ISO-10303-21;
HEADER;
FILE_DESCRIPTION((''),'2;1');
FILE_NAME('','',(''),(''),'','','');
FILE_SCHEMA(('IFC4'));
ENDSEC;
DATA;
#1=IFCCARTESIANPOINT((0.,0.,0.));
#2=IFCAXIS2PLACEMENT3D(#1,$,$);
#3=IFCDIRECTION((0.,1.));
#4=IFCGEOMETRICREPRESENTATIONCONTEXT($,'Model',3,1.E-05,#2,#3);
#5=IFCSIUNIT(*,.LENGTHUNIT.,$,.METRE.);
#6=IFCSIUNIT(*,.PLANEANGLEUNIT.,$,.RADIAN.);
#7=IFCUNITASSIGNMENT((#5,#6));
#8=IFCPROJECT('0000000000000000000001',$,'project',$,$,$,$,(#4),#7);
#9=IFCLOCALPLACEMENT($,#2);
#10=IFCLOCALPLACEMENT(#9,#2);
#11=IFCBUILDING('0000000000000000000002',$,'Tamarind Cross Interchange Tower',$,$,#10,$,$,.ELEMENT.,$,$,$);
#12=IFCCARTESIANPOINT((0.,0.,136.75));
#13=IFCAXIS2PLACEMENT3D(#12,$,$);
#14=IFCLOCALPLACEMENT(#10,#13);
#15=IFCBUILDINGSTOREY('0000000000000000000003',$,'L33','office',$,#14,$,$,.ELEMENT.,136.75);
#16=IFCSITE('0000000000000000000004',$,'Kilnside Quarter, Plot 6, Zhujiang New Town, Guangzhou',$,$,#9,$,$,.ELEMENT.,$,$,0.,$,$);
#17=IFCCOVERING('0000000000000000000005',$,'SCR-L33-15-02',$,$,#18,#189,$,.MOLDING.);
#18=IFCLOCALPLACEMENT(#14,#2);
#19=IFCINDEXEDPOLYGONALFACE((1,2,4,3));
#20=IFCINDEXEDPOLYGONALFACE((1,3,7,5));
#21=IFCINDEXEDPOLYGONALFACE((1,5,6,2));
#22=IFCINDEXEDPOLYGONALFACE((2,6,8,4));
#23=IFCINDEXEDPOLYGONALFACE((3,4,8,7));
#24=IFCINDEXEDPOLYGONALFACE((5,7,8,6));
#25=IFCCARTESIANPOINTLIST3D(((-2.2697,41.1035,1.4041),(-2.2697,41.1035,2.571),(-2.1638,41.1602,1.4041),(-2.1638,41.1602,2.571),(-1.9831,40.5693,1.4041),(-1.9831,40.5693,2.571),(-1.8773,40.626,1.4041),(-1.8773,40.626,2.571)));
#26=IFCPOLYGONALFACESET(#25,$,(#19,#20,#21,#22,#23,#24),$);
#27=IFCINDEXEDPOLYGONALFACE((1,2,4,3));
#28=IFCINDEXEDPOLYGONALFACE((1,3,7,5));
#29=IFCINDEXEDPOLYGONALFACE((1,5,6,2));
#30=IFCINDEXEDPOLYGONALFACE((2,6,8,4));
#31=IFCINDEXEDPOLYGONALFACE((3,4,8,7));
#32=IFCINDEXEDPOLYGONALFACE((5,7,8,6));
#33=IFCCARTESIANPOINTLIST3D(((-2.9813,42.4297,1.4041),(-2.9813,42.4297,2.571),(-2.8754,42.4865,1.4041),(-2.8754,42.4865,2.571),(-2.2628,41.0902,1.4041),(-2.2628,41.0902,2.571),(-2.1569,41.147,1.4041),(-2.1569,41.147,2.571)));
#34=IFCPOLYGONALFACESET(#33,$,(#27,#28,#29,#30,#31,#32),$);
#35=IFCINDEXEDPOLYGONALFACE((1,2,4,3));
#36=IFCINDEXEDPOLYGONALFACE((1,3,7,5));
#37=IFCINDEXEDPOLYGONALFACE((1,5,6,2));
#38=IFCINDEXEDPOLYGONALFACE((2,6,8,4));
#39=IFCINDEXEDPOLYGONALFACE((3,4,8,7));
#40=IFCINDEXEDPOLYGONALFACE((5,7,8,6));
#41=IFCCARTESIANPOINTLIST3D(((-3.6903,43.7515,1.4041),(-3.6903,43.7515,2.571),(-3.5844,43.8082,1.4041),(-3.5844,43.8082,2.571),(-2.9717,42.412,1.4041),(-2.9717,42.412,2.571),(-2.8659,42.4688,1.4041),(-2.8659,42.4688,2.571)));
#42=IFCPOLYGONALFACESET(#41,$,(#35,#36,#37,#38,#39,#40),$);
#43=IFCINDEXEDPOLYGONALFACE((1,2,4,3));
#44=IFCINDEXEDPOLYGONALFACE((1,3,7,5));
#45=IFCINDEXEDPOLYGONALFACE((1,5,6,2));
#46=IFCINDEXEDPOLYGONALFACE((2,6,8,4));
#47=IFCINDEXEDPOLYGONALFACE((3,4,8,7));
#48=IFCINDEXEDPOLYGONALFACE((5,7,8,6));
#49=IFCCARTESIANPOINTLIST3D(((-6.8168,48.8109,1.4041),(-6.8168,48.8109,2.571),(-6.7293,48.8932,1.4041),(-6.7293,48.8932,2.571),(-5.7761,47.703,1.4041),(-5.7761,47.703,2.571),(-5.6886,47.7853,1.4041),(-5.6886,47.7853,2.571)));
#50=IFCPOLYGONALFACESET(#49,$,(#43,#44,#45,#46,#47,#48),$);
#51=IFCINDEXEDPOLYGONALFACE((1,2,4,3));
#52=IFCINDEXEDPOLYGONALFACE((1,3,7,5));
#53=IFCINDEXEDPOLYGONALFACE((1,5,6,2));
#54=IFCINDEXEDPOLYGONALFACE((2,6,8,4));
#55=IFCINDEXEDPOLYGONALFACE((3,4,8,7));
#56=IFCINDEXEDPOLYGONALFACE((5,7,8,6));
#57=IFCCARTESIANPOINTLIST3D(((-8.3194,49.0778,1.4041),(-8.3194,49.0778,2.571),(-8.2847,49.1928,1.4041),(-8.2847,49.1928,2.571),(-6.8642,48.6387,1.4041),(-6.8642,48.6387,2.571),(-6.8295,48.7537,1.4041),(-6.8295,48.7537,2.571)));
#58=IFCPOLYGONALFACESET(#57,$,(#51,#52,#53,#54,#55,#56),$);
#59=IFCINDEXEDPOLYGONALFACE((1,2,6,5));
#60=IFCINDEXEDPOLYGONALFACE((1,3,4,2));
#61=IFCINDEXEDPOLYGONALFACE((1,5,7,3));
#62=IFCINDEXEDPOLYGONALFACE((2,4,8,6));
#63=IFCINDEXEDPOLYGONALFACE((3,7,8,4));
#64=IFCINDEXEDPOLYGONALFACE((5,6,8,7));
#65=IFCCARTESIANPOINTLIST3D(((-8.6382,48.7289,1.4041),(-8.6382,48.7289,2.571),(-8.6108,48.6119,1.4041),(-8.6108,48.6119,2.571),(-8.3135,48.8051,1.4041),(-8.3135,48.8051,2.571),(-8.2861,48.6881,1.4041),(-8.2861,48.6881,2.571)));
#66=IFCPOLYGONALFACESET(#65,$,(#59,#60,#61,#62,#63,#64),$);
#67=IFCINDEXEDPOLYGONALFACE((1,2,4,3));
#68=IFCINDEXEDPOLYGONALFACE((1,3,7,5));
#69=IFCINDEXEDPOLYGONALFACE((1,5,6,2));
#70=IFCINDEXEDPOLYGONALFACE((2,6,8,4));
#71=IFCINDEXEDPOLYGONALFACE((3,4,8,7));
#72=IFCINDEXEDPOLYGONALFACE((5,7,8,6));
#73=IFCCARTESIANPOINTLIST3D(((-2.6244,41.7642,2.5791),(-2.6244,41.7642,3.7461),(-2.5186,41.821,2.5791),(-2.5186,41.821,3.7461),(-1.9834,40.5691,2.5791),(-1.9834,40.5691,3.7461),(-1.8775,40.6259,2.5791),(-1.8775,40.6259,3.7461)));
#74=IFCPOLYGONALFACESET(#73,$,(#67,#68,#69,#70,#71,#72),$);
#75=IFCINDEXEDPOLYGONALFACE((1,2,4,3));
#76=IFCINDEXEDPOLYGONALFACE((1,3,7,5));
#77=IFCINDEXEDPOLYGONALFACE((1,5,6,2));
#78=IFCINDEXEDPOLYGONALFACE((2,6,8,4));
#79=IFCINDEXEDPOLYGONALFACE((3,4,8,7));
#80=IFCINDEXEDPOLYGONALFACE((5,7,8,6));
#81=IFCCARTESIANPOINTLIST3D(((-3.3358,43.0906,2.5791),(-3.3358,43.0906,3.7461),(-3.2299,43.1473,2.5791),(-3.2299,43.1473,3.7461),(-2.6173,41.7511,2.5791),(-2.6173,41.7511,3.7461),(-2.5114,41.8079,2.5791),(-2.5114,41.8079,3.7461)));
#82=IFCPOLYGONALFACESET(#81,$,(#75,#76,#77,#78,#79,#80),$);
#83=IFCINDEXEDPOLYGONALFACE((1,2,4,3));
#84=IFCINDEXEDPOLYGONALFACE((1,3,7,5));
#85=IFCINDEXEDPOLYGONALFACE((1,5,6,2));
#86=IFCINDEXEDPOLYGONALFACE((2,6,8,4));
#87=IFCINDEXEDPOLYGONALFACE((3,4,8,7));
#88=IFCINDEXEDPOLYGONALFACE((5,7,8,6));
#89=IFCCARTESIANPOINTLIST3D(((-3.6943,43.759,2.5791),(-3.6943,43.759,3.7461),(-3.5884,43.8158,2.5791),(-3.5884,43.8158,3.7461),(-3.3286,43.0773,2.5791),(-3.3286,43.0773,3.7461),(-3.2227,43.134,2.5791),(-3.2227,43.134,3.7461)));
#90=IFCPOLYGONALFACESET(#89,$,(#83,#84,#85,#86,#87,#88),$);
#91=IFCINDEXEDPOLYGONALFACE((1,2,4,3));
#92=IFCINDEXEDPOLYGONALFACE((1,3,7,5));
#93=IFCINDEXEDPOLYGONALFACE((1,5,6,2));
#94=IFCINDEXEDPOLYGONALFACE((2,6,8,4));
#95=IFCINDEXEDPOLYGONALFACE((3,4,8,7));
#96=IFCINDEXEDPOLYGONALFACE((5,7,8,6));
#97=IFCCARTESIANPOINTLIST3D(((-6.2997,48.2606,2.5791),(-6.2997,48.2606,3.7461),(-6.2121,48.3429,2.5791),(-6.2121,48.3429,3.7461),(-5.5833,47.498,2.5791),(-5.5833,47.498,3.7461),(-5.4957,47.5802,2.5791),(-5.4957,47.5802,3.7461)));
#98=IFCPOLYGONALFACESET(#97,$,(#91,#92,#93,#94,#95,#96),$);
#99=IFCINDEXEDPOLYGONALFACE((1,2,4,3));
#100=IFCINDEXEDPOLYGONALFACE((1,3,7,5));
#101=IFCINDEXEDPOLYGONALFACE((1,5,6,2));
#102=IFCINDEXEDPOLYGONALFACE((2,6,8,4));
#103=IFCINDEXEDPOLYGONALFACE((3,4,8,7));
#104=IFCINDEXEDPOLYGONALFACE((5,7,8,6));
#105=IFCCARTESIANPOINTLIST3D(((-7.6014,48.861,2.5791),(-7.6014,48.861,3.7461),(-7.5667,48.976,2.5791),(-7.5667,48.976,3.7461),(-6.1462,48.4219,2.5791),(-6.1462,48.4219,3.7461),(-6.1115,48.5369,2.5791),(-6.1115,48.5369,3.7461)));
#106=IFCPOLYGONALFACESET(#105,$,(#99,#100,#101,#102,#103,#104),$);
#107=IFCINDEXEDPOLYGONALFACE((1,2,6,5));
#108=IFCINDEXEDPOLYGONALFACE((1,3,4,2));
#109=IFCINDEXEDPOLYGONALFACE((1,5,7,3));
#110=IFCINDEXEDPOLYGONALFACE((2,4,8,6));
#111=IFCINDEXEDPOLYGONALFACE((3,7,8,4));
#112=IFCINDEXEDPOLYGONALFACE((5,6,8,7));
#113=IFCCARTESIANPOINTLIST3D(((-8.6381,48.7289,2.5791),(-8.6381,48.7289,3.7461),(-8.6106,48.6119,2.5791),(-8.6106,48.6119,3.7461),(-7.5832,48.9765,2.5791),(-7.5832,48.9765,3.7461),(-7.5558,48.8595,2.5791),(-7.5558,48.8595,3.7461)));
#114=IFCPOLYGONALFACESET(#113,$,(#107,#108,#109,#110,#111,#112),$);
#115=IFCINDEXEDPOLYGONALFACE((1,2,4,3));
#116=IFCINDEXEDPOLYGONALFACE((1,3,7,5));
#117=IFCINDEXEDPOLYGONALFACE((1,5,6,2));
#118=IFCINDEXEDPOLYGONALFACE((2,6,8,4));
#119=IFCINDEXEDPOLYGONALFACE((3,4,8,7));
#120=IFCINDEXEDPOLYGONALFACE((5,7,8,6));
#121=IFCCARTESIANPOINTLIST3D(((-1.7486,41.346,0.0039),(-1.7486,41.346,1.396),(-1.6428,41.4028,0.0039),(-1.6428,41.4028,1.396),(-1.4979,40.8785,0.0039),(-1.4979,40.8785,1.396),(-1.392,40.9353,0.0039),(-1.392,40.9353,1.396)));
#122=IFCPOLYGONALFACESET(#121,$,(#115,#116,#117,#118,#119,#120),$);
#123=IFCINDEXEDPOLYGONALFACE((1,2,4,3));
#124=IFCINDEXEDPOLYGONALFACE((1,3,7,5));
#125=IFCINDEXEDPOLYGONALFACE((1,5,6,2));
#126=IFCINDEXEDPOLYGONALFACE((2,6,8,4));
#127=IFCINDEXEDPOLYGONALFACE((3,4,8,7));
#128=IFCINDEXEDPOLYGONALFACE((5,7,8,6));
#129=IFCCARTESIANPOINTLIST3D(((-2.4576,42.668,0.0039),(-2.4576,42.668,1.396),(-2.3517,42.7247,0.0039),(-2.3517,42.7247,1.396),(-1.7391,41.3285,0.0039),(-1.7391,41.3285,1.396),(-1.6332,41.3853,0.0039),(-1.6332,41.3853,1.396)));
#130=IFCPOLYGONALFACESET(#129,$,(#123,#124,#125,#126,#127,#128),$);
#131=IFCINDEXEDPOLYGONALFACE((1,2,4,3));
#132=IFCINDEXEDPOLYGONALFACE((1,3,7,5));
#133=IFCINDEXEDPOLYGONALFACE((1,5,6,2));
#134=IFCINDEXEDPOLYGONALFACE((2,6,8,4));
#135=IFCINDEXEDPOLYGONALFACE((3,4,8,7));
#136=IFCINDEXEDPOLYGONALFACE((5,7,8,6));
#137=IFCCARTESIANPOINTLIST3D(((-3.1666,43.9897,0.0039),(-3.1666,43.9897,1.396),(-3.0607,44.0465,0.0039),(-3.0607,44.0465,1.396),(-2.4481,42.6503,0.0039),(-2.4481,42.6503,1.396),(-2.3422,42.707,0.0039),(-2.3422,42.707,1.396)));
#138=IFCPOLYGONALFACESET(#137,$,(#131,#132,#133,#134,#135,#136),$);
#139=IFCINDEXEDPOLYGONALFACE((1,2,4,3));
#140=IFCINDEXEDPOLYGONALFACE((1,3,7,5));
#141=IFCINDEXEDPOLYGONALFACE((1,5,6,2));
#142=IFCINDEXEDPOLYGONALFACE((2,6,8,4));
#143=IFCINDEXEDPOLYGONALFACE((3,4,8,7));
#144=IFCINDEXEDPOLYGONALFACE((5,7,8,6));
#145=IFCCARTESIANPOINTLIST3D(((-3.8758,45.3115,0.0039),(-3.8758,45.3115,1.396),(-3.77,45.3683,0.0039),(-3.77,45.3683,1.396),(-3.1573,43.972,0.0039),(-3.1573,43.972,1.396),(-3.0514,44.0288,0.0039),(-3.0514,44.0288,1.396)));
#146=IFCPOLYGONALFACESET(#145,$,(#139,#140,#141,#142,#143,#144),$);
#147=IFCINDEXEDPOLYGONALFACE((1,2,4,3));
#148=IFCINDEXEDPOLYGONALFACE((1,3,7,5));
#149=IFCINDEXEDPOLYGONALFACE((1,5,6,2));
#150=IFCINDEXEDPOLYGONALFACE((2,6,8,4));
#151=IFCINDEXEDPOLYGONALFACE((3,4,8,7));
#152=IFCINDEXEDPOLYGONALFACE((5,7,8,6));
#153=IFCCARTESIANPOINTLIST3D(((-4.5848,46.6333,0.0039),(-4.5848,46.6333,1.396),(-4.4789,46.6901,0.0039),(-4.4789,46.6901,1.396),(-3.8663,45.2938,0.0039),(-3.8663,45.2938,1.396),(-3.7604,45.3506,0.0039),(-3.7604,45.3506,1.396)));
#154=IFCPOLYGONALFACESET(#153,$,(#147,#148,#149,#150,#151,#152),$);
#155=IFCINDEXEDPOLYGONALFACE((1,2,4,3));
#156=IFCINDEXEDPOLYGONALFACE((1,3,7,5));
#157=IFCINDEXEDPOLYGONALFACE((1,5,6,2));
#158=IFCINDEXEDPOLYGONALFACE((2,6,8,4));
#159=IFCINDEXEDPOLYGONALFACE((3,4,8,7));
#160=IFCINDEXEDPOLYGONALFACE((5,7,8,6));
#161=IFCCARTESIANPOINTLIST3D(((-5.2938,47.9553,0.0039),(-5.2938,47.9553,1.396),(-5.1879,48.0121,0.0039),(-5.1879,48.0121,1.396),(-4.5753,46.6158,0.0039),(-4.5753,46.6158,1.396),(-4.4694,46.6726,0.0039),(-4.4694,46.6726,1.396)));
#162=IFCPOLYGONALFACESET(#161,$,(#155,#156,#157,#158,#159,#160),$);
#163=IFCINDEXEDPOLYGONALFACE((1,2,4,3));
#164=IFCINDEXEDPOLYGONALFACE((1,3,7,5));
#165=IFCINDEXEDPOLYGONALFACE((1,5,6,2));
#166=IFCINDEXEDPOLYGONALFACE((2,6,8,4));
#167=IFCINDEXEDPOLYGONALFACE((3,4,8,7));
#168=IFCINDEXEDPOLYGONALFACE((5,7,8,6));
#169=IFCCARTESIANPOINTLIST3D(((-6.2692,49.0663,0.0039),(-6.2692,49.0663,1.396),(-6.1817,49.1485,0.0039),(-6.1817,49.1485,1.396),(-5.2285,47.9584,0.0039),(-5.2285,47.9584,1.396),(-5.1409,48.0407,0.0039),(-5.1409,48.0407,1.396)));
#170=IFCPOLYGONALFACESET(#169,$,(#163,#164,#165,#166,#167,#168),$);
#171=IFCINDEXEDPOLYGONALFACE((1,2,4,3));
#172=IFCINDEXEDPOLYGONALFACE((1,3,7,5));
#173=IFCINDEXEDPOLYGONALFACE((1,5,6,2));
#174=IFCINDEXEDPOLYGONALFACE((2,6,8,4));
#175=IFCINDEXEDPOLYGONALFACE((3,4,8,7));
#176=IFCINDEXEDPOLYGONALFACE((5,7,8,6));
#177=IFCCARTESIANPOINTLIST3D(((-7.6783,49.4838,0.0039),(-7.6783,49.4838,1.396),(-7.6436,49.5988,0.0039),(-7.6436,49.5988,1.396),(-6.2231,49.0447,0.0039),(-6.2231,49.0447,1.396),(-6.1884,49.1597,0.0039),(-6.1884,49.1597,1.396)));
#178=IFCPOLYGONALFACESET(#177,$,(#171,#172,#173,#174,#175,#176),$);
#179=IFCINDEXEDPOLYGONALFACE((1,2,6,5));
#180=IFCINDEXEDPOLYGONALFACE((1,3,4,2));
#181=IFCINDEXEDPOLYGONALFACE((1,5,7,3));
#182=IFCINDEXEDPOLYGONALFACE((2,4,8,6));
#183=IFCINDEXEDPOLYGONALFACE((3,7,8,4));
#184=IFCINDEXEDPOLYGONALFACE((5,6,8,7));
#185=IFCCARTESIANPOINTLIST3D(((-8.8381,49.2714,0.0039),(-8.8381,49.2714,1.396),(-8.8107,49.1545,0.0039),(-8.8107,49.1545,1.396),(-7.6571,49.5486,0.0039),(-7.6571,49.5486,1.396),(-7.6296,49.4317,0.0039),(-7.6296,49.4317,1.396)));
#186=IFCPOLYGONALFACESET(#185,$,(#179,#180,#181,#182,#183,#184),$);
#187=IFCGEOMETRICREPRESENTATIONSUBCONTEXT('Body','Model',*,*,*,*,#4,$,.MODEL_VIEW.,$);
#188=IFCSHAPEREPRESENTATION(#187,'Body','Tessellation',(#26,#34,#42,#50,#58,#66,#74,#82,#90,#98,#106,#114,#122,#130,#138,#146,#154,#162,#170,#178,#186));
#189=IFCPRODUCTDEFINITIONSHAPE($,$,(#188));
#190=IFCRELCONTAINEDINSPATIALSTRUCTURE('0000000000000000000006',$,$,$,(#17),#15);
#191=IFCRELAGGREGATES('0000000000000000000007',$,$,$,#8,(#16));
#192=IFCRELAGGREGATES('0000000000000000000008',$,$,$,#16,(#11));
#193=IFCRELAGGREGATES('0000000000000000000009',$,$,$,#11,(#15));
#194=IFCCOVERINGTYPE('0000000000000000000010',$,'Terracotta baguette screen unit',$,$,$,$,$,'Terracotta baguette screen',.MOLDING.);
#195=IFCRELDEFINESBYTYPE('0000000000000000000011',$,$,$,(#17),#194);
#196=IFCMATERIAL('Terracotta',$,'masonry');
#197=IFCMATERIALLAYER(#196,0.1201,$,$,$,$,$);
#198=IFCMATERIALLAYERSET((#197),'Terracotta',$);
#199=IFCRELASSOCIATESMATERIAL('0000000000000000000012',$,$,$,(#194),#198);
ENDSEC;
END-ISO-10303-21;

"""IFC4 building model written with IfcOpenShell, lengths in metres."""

from ifc_helpers import new_model, si_unit, direction, frame, origin, origin_2d, place, context, subcontext, project, spatial, rectangle, extrude, material, layer, layer_set, type_object, element, save


model = new_model("IFC4")

# Units and contexts
model_context = context("Model", 3, precision=1e-05, world=origin(), true_north=direction((0.0, 1.0)))
body_context = subcontext(model_context, "Body", "Model", "MODEL_VIEW")
ifc_project = project(units=[si_unit("LENGTHUNIT", "METRE"), si_unit("PLANEANGLEUNIT", "RADIAN")], contexts=[model_context])

# Site, building, storey
site_placement = place(None, origin())
site = spatial("IfcSite", under=ifc_project, at=site_placement, Name="Kilnside Quarter, Plot 6, Zhujiang New Town, Guangzhou", CompositionType="ELEMENT", RefElevation=0.0)
building_placement = place(site_placement, origin())
building = spatial("IfcBuilding", under=site, at=building_placement, Name="Tamarind Cross Interchange Tower", CompositionType="ELEMENT")
storey_placement = place(building_placement, frame((0.0, 0.0, 136.75)))
storey = spatial("IfcBuildingStorey", under=building, at=storey_placement, Name="L33", Description="office", CompositionType="ELEMENT", Elevation=136.75)

# Covering
ifc_material_1 = material(Name="Terracotta", Category="masonry")
ifc_layer_1 = layer(ifc_material_1, 0.1201)
ifc_layer_set_1 = layer_set([ifc_layer_1], Name="Terracotta")
covering_type = type_object("IfcCoveringType", Name="Terracotta baguette screen unit", ElementType="Terracotta baguette screen", PredefinedType="MOLDING", material=ifc_layer_set_1)
covering_1_placement = place(storey_placement, origin())
element("IfcCovering", 1, at=covering_1_placement, inside=storey, type_object=covering_type, Name="SCR-L33-15-02", PredefinedType="MOLDING", context=body_context, shape_type="SweptSolid", body=[
    extrude(rectangle(XDim=0.6062, YDim=0.1201, at=origin_2d()), frame((-2.0735, 40.8647, 1.4041), z_axis=(0.0, 0.0, 1.0), x_axis=(-0.472698, 0.881224, 0.0)), (0.0, 0.0, 1.0), 1.167),
    extrude(rectangle(XDim=1.52, YDim=0.1201, at=origin_2d()), frame((-2.5691, 41.7883, 1.4041), z_axis=(0.0, 0.0, 1.0), x_axis=(-0.472698, 0.881224, 0.0)), (0.0, 0.0, 1.0), 1.167),
    extrude(rectangle(XDim=1.52, YDim=0.1201, at=origin_2d()), frame((-3.2781, 43.1101, 1.4041), z_axis=(0.0, 0.0, 1.0), x_axis=(-0.472698, 0.881224, 0.0)), (0.0, 0.0, 1.0), 1.167),
    extrude(rectangle(XDim=1.52, YDim=0.1201, at=origin_2d()), frame((-6.2527, 48.2981, 1.4041), z_axis=(0.0, 0.0, 1.0), x_axis=(-0.684669, 0.728854, 0.0)), (0.0, 0.0, 1.0), 1.167),
    extrude(rectangle(XDim=1.52, YDim=0.1201, at=origin_2d()), frame((-7.5745, 48.9158, 1.4041), z_axis=(0.0, 0.0, 1.0), x_axis=(-0.957368, 0.288871, 0.0)), (0.0, 0.0, 1.0), 1.167),
    extrude(rectangle(XDim=0.3335, YDim=0.1201, at=origin_2d()), frame((-8.4622, 48.7085, 1.4041), z_axis=(0.0, 0.0, 1.0), x_axis=(-0.973541, -0.228514, 0.0)), (0.0, 0.0, 1.0), 1.167),
    extrude(rectangle(XDim=1.3562, YDim=0.1201, at=origin_2d()), frame((-2.251, 41.1951, 2.5791), z_axis=(0.0, 0.0, 1.0), x_axis=(-0.472698, 0.881224, 0.0)), (0.0, 0.0, 1.0), 1.167),
    extrude(rectangle(XDim=1.52, YDim=0.1201, at=origin_2d()), frame((-2.9236, 42.4492, 2.5791), z_axis=(0.0, 0.0, 1.0), x_axis=(-0.472698, 0.881224, 0.0)), (0.0, 0.0, 1.0), 1.167),
    extrude(rectangle(XDim=0.7737, YDim=0.1201, at=origin_2d()), frame((-3.4585, 43.4465, 2.5791), z_axis=(0.0, 0.0, 1.0), x_axis=(-0.472698, 0.881224, 0.0)), (0.0, 0.0, 1.0), 1.167),
    extrude(rectangle(XDim=1.0464, YDim=0.1201, at=origin_2d()), frame((-5.8977, 47.9204, 2.5791), z_axis=(0.0, 0.0, 1.0), x_axis=(-0.684669, 0.728854, 0.0)), (0.0, 0.0, 1.0), 1.167),
    extrude(rectangle(XDim=1.52, YDim=0.1201, at=origin_2d()), frame((-6.8564, 48.699, 2.5791), z_axis=(0.0, 0.0, 1.0), x_axis=(-0.957368, 0.288871, 0.0)), (0.0, 0.0, 1.0), 1.167),
    extrude(rectangle(XDim=1.0835, YDim=0.1201, at=origin_2d()), frame((-8.0969, 48.7942, 2.5791), z_axis=(0.0, 0.0, 1.0), x_axis=(-0.973541, -0.228514, 0.0)), (0.0, 0.0, 1.0), 1.167),
    extrude(rectangle(XDim=0.5305, YDim=0.1201, at=origin_2d()), frame((-1.5703, 41.1406, 0.0039), z_axis=(0.0, 0.0, 1.0), x_axis=(-0.472698, 0.881224, 0.0)), (0.0, 0.0, 1.0), 1.3921),
    extrude(rectangle(XDim=1.52, YDim=0.1201, at=origin_2d()), frame((-2.0454, 42.0266, 0.0039), z_axis=(0.0, 0.0, 1.0), x_axis=(-0.472698, 0.881224, 0.0)), (0.0, 0.0, 1.0), 1.3921),
    extrude(rectangle(XDim=1.52, YDim=0.1201, at=origin_2d()), frame((-2.7544, 43.3484, 0.0039), z_axis=(0.0, 0.0, 1.0), x_axis=(-0.472698, 0.881224, 0.0)), (0.0, 0.0, 1.0), 1.3921),
    extrude(rectangle(XDim=1.52, YDim=0.1201, at=origin_2d()), frame((-3.4636, 44.6702, 0.0039), z_axis=(0.0, 0.0, 1.0), x_axis=(-0.472698, 0.881224, 0.0)), (0.0, 0.0, 1.0), 1.3921),
    extrude(rectangle(XDim=1.52, YDim=0.1201, at=origin_2d()), frame((-4.1726, 45.9919, 0.0039), z_axis=(0.0, 0.0, 1.0), x_axis=(-0.472698, 0.881224, 0.0)), (0.0, 0.0, 1.0), 1.3921),
    extrude(rectangle(XDim=1.52, YDim=0.1201, at=origin_2d()), frame((-4.8816, 47.314, 0.0039), z_axis=(0.0, 0.0, 1.0), x_axis=(-0.472698, 0.881224, 0.0)), (0.0, 0.0, 1.0), 1.3921),
    extrude(rectangle(XDim=1.52, YDim=0.1201, at=origin_2d()), frame((-5.7051, 48.5535, 0.0039), z_axis=(0.0, 0.0, 1.0), x_axis=(-0.684669, 0.728854, 0.0)), (0.0, 0.0, 1.0), 1.3921),
    extrude(rectangle(XDim=1.52, YDim=0.1201, at=origin_2d()), frame((-6.9333, 49.3218, 0.0039), z_axis=(0.0, 0.0, 1.0), x_axis=(-0.957368, 0.288871, 0.0)), (0.0, 0.0, 1.0), 1.3921),
    extrude(rectangle(XDim=1.2131, YDim=0.1201, at=origin_2d()), frame((-8.2339, 49.3516, 0.0039), z_axis=(0.0, 0.0, 1.0), x_axis=(-0.973541, -0.228514, 0.0)), (0.0, 0.0, 1.0), 1.3921),
])

save(model, "model.ifc")
